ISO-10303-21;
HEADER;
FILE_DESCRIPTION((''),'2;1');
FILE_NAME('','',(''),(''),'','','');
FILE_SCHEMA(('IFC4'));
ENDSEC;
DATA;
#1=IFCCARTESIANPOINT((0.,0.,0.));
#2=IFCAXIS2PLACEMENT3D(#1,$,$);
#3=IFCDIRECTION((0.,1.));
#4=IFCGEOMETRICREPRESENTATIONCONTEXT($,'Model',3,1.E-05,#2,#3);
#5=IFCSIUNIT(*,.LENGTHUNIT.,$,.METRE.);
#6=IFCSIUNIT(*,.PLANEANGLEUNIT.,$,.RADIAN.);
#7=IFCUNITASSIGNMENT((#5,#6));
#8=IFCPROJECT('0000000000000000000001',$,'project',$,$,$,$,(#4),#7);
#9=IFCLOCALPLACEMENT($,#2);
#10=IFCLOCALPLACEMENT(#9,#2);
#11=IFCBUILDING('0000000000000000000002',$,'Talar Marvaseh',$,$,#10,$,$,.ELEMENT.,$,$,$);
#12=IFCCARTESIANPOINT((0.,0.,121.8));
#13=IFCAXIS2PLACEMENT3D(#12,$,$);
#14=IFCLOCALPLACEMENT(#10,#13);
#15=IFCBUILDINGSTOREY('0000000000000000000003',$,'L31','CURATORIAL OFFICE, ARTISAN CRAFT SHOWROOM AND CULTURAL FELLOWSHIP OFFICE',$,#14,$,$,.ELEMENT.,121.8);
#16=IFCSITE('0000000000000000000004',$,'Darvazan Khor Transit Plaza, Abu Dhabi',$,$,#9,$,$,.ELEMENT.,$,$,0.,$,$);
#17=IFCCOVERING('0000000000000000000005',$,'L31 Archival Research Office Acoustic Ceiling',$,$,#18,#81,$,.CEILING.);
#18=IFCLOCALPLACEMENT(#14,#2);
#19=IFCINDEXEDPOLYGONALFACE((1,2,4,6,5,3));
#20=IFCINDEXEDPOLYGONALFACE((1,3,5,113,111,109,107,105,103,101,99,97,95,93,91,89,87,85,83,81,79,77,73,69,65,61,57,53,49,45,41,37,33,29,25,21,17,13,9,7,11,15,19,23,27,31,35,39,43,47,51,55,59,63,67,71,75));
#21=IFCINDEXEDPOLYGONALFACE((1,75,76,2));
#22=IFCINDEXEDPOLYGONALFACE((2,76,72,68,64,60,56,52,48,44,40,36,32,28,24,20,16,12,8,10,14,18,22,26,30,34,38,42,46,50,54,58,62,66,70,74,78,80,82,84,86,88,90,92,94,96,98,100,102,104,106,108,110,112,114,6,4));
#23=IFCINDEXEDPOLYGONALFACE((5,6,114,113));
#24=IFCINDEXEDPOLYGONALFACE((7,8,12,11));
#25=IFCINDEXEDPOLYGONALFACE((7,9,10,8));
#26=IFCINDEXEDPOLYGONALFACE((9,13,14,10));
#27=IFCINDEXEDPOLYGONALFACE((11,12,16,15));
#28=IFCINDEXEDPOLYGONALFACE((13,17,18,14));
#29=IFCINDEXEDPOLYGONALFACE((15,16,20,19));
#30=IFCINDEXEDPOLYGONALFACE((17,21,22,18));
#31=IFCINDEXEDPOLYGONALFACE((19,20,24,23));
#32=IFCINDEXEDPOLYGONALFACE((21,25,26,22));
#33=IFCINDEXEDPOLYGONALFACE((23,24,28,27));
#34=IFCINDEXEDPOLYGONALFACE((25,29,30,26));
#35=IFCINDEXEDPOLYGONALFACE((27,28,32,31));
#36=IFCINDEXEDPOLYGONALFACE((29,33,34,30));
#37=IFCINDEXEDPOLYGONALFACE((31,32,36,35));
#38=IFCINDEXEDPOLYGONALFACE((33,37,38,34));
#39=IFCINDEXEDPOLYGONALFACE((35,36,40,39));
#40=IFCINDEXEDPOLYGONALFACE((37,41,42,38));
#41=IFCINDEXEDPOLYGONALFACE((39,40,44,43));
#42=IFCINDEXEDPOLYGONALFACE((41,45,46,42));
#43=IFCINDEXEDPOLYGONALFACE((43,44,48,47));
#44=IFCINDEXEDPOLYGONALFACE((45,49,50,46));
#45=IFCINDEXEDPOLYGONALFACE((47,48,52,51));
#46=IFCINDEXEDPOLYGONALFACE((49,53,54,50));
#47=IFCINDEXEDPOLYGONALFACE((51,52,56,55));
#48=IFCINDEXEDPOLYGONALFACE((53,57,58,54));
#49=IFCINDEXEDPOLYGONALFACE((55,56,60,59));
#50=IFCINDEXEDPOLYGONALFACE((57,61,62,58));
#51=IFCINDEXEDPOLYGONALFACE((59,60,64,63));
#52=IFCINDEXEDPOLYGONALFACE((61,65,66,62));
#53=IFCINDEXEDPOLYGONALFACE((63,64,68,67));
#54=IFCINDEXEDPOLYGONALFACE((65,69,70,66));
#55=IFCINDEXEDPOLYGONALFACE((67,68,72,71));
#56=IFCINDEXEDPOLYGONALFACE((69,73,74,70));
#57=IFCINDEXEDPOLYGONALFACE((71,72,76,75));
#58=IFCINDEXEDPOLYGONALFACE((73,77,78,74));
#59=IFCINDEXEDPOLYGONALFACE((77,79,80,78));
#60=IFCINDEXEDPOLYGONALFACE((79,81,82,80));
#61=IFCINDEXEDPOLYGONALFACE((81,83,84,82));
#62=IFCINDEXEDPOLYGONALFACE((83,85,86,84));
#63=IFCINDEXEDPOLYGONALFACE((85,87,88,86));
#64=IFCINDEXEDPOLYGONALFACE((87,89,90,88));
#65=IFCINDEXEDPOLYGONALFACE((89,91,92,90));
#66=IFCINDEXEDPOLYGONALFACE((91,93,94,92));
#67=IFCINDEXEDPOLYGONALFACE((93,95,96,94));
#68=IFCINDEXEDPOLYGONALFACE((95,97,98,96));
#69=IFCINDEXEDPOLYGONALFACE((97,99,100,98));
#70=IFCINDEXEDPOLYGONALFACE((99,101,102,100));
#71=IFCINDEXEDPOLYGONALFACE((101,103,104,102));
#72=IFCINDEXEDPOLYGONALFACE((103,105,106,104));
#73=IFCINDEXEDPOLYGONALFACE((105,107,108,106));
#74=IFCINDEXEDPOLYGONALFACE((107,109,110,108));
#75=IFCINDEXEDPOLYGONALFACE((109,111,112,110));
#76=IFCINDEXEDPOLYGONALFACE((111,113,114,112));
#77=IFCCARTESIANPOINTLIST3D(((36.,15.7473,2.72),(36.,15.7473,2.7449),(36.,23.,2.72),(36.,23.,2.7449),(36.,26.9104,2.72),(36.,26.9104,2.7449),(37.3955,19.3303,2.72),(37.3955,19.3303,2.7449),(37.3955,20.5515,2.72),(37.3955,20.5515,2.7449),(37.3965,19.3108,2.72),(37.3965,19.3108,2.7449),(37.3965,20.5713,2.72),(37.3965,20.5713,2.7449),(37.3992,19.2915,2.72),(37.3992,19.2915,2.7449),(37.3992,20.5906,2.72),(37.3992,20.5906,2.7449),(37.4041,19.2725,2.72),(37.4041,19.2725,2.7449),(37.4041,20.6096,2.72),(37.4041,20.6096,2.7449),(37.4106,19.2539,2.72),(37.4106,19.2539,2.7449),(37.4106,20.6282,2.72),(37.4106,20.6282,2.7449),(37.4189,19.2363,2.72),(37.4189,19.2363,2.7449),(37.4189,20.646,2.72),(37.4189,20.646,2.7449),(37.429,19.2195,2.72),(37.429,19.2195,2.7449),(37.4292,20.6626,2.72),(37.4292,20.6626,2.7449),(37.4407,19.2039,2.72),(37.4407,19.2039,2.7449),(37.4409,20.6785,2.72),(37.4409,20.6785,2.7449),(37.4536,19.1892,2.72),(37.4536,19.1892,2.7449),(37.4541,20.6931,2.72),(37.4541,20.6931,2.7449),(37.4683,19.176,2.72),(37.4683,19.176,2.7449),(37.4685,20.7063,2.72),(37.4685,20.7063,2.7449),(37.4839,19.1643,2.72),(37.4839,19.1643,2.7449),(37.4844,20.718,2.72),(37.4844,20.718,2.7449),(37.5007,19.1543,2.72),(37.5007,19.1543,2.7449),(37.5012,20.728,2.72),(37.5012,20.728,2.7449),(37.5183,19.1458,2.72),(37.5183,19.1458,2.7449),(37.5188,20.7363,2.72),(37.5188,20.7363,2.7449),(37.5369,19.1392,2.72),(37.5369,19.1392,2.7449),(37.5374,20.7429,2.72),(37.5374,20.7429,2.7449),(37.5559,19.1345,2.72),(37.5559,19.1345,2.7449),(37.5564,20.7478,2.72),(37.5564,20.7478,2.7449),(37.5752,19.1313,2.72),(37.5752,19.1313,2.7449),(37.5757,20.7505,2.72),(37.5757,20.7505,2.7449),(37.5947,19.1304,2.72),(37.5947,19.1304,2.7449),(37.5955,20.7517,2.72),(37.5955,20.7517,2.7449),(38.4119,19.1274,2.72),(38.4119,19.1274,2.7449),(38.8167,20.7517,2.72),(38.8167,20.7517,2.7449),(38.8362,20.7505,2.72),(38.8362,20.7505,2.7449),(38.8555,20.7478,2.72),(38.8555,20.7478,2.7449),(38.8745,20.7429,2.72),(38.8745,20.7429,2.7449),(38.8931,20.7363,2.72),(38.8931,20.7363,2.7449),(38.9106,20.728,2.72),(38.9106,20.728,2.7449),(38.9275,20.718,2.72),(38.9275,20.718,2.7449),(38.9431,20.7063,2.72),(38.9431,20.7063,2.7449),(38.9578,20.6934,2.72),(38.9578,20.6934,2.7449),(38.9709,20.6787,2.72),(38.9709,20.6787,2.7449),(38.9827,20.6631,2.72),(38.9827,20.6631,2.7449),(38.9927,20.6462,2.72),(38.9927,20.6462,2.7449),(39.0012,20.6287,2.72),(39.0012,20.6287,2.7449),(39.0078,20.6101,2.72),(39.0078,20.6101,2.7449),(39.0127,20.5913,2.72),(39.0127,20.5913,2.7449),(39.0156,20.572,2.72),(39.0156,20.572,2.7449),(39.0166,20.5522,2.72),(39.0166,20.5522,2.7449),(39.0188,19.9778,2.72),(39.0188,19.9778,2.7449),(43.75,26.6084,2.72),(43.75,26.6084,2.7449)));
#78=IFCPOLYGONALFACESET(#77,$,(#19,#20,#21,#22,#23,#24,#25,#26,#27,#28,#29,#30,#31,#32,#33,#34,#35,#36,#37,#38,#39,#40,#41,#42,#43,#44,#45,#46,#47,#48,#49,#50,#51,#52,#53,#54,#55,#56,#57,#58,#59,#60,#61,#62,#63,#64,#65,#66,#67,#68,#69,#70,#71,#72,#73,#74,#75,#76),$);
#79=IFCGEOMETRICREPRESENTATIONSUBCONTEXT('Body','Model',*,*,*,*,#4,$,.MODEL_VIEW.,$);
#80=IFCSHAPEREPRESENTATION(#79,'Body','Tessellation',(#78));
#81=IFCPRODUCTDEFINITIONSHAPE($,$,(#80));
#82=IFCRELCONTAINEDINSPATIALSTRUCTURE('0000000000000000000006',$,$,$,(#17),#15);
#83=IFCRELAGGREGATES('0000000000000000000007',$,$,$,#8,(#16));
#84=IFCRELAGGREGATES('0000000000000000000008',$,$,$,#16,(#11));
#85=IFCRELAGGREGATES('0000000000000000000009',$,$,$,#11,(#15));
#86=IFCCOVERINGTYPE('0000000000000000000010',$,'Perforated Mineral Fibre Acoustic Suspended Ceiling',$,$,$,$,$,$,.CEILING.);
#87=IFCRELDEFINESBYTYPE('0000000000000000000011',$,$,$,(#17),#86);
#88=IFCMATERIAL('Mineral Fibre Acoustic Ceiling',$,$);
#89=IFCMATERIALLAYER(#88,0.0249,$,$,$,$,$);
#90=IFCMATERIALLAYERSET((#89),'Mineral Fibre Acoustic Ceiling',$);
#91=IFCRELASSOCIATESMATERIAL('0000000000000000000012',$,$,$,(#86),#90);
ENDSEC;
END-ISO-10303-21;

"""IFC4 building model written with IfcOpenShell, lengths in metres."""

from ifc_helpers import new_model, si_unit, direction, frame, origin, place, context, subcontext, project, spatial, polyline, outline, extrude, material, layer, layer_set, type_object, element, save


model = new_model("IFC4")

# Units and contexts
model_context = context("Model", 3, precision=1e-05, world=origin(), true_north=direction((0.0, 1.0)))
body_context = subcontext(model_context, "Body", "Model", "MODEL_VIEW")
ifc_project = project(units=[si_unit("LENGTHUNIT", "METRE"), si_unit("PLANEANGLEUNIT", "RADIAN")], contexts=[model_context])

# Site, building, storey
site_placement = place(None, origin())
site = spatial("IfcSite", under=ifc_project, at=site_placement, Name="Darvazan Khor Transit Plaza, Abu Dhabi", CompositionType="ELEMENT", RefElevation=0.0)
building_placement = place(site_placement, origin())
building = spatial("IfcBuilding", under=site, at=building_placement, Name="Talar Marvaseh", CompositionType="ELEMENT")
storey_placement = place(building_placement, frame((0.0, 0.0, 121.8)))
storey = spatial("IfcBuildingStorey", under=building, at=storey_placement, Name="L31", Description="CURATORIAL OFFICE, ARTISAN CRAFT SHOWROOM AND CULTURAL FELLOWSHIP OFFICE", CompositionType="ELEMENT", Elevation=121.8)

# Covering
ifc_material_1 = material(Name="Mineral Fibre Acoustic Ceiling")
ifc_layer_1 = layer(ifc_material_1, 0.0249)
ifc_layer_set_1 = layer_set([ifc_layer_1], Name="Mineral Fibre Acoustic Ceiling")
covering_type_1 = type_object("IfcCoveringType", Name="Perforated Mineral Fibre Acoustic Suspended Ceiling", PredefinedType="CEILING", material=ifc_layer_set_1)
covering_1_placement = place(storey_placement, frame((0.0, 0.0, 2.72)))
element("IfcCovering", 1, at=covering_1_placement, inside=storey, type_object=covering_type_1, Name="L31 Archival Research Office Acoustic Ceiling", PredefinedType="CEILING", context=body_context, shape_type="SweptSolid", body=[
    extrude(outline(polyline([(39.0127, 20.5913), (39.0078, 20.6101), (39.0012, 20.6287), (38.9927, 20.6462), (38.9827, 20.6631), (38.9709, 20.6787), (38.9578, 20.6934), (38.9431, 20.7063), (38.9275, 20.718), (38.9106, 20.728), (38.8931, 20.7363), (38.8745, 20.7429), (38.8555, 20.7478), (38.8362, 20.7505), (38.8167, 20.7517), (37.5955, 20.7517), (37.5757, 20.7505), (37.5564, 20.7478), (37.5374, 20.7429), (37.5188, 20.7363), (37.5012, 20.728), (37.4844, 20.718), (37.4685, 20.7063), (37.4541, 20.6931), (37.4409, 20.6785), (37.4292, 20.6626), (37.4189, 20.646), (37.4106, 20.6282), (37.4041, 20.6096), (37.3992, 20.5906), (37.3965, 20.5713), (37.3955, 20.5515), (37.3955, 19.3303), (37.3965, 19.3108), (37.3992, 19.2915), (37.4041, 19.2725), (37.4106, 19.2539), (37.4189, 19.2363), (37.429, 19.2195), (37.4407, 19.2039), (37.4536, 19.1892), (37.4683, 19.176), (37.4839, 19.1643), (37.5007, 19.1543), (37.5183, 19.1458), (37.5369, 19.1392), (37.5559, 19.1345), (37.5752, 19.1313), (37.5947, 19.1304), (38.4119, 19.1274), (36.0, 15.7473), (36.0, 23.0), (36.0, 26.9104), (43.75, 26.6084), (39.0188, 19.9778), (39.0166, 20.5522), (39.0156, 20.572), (39.0127, 20.5913)])), origin(), (0.0, 0.0, 1.0), 0.0249),
])

save(model, "model.ifc")
